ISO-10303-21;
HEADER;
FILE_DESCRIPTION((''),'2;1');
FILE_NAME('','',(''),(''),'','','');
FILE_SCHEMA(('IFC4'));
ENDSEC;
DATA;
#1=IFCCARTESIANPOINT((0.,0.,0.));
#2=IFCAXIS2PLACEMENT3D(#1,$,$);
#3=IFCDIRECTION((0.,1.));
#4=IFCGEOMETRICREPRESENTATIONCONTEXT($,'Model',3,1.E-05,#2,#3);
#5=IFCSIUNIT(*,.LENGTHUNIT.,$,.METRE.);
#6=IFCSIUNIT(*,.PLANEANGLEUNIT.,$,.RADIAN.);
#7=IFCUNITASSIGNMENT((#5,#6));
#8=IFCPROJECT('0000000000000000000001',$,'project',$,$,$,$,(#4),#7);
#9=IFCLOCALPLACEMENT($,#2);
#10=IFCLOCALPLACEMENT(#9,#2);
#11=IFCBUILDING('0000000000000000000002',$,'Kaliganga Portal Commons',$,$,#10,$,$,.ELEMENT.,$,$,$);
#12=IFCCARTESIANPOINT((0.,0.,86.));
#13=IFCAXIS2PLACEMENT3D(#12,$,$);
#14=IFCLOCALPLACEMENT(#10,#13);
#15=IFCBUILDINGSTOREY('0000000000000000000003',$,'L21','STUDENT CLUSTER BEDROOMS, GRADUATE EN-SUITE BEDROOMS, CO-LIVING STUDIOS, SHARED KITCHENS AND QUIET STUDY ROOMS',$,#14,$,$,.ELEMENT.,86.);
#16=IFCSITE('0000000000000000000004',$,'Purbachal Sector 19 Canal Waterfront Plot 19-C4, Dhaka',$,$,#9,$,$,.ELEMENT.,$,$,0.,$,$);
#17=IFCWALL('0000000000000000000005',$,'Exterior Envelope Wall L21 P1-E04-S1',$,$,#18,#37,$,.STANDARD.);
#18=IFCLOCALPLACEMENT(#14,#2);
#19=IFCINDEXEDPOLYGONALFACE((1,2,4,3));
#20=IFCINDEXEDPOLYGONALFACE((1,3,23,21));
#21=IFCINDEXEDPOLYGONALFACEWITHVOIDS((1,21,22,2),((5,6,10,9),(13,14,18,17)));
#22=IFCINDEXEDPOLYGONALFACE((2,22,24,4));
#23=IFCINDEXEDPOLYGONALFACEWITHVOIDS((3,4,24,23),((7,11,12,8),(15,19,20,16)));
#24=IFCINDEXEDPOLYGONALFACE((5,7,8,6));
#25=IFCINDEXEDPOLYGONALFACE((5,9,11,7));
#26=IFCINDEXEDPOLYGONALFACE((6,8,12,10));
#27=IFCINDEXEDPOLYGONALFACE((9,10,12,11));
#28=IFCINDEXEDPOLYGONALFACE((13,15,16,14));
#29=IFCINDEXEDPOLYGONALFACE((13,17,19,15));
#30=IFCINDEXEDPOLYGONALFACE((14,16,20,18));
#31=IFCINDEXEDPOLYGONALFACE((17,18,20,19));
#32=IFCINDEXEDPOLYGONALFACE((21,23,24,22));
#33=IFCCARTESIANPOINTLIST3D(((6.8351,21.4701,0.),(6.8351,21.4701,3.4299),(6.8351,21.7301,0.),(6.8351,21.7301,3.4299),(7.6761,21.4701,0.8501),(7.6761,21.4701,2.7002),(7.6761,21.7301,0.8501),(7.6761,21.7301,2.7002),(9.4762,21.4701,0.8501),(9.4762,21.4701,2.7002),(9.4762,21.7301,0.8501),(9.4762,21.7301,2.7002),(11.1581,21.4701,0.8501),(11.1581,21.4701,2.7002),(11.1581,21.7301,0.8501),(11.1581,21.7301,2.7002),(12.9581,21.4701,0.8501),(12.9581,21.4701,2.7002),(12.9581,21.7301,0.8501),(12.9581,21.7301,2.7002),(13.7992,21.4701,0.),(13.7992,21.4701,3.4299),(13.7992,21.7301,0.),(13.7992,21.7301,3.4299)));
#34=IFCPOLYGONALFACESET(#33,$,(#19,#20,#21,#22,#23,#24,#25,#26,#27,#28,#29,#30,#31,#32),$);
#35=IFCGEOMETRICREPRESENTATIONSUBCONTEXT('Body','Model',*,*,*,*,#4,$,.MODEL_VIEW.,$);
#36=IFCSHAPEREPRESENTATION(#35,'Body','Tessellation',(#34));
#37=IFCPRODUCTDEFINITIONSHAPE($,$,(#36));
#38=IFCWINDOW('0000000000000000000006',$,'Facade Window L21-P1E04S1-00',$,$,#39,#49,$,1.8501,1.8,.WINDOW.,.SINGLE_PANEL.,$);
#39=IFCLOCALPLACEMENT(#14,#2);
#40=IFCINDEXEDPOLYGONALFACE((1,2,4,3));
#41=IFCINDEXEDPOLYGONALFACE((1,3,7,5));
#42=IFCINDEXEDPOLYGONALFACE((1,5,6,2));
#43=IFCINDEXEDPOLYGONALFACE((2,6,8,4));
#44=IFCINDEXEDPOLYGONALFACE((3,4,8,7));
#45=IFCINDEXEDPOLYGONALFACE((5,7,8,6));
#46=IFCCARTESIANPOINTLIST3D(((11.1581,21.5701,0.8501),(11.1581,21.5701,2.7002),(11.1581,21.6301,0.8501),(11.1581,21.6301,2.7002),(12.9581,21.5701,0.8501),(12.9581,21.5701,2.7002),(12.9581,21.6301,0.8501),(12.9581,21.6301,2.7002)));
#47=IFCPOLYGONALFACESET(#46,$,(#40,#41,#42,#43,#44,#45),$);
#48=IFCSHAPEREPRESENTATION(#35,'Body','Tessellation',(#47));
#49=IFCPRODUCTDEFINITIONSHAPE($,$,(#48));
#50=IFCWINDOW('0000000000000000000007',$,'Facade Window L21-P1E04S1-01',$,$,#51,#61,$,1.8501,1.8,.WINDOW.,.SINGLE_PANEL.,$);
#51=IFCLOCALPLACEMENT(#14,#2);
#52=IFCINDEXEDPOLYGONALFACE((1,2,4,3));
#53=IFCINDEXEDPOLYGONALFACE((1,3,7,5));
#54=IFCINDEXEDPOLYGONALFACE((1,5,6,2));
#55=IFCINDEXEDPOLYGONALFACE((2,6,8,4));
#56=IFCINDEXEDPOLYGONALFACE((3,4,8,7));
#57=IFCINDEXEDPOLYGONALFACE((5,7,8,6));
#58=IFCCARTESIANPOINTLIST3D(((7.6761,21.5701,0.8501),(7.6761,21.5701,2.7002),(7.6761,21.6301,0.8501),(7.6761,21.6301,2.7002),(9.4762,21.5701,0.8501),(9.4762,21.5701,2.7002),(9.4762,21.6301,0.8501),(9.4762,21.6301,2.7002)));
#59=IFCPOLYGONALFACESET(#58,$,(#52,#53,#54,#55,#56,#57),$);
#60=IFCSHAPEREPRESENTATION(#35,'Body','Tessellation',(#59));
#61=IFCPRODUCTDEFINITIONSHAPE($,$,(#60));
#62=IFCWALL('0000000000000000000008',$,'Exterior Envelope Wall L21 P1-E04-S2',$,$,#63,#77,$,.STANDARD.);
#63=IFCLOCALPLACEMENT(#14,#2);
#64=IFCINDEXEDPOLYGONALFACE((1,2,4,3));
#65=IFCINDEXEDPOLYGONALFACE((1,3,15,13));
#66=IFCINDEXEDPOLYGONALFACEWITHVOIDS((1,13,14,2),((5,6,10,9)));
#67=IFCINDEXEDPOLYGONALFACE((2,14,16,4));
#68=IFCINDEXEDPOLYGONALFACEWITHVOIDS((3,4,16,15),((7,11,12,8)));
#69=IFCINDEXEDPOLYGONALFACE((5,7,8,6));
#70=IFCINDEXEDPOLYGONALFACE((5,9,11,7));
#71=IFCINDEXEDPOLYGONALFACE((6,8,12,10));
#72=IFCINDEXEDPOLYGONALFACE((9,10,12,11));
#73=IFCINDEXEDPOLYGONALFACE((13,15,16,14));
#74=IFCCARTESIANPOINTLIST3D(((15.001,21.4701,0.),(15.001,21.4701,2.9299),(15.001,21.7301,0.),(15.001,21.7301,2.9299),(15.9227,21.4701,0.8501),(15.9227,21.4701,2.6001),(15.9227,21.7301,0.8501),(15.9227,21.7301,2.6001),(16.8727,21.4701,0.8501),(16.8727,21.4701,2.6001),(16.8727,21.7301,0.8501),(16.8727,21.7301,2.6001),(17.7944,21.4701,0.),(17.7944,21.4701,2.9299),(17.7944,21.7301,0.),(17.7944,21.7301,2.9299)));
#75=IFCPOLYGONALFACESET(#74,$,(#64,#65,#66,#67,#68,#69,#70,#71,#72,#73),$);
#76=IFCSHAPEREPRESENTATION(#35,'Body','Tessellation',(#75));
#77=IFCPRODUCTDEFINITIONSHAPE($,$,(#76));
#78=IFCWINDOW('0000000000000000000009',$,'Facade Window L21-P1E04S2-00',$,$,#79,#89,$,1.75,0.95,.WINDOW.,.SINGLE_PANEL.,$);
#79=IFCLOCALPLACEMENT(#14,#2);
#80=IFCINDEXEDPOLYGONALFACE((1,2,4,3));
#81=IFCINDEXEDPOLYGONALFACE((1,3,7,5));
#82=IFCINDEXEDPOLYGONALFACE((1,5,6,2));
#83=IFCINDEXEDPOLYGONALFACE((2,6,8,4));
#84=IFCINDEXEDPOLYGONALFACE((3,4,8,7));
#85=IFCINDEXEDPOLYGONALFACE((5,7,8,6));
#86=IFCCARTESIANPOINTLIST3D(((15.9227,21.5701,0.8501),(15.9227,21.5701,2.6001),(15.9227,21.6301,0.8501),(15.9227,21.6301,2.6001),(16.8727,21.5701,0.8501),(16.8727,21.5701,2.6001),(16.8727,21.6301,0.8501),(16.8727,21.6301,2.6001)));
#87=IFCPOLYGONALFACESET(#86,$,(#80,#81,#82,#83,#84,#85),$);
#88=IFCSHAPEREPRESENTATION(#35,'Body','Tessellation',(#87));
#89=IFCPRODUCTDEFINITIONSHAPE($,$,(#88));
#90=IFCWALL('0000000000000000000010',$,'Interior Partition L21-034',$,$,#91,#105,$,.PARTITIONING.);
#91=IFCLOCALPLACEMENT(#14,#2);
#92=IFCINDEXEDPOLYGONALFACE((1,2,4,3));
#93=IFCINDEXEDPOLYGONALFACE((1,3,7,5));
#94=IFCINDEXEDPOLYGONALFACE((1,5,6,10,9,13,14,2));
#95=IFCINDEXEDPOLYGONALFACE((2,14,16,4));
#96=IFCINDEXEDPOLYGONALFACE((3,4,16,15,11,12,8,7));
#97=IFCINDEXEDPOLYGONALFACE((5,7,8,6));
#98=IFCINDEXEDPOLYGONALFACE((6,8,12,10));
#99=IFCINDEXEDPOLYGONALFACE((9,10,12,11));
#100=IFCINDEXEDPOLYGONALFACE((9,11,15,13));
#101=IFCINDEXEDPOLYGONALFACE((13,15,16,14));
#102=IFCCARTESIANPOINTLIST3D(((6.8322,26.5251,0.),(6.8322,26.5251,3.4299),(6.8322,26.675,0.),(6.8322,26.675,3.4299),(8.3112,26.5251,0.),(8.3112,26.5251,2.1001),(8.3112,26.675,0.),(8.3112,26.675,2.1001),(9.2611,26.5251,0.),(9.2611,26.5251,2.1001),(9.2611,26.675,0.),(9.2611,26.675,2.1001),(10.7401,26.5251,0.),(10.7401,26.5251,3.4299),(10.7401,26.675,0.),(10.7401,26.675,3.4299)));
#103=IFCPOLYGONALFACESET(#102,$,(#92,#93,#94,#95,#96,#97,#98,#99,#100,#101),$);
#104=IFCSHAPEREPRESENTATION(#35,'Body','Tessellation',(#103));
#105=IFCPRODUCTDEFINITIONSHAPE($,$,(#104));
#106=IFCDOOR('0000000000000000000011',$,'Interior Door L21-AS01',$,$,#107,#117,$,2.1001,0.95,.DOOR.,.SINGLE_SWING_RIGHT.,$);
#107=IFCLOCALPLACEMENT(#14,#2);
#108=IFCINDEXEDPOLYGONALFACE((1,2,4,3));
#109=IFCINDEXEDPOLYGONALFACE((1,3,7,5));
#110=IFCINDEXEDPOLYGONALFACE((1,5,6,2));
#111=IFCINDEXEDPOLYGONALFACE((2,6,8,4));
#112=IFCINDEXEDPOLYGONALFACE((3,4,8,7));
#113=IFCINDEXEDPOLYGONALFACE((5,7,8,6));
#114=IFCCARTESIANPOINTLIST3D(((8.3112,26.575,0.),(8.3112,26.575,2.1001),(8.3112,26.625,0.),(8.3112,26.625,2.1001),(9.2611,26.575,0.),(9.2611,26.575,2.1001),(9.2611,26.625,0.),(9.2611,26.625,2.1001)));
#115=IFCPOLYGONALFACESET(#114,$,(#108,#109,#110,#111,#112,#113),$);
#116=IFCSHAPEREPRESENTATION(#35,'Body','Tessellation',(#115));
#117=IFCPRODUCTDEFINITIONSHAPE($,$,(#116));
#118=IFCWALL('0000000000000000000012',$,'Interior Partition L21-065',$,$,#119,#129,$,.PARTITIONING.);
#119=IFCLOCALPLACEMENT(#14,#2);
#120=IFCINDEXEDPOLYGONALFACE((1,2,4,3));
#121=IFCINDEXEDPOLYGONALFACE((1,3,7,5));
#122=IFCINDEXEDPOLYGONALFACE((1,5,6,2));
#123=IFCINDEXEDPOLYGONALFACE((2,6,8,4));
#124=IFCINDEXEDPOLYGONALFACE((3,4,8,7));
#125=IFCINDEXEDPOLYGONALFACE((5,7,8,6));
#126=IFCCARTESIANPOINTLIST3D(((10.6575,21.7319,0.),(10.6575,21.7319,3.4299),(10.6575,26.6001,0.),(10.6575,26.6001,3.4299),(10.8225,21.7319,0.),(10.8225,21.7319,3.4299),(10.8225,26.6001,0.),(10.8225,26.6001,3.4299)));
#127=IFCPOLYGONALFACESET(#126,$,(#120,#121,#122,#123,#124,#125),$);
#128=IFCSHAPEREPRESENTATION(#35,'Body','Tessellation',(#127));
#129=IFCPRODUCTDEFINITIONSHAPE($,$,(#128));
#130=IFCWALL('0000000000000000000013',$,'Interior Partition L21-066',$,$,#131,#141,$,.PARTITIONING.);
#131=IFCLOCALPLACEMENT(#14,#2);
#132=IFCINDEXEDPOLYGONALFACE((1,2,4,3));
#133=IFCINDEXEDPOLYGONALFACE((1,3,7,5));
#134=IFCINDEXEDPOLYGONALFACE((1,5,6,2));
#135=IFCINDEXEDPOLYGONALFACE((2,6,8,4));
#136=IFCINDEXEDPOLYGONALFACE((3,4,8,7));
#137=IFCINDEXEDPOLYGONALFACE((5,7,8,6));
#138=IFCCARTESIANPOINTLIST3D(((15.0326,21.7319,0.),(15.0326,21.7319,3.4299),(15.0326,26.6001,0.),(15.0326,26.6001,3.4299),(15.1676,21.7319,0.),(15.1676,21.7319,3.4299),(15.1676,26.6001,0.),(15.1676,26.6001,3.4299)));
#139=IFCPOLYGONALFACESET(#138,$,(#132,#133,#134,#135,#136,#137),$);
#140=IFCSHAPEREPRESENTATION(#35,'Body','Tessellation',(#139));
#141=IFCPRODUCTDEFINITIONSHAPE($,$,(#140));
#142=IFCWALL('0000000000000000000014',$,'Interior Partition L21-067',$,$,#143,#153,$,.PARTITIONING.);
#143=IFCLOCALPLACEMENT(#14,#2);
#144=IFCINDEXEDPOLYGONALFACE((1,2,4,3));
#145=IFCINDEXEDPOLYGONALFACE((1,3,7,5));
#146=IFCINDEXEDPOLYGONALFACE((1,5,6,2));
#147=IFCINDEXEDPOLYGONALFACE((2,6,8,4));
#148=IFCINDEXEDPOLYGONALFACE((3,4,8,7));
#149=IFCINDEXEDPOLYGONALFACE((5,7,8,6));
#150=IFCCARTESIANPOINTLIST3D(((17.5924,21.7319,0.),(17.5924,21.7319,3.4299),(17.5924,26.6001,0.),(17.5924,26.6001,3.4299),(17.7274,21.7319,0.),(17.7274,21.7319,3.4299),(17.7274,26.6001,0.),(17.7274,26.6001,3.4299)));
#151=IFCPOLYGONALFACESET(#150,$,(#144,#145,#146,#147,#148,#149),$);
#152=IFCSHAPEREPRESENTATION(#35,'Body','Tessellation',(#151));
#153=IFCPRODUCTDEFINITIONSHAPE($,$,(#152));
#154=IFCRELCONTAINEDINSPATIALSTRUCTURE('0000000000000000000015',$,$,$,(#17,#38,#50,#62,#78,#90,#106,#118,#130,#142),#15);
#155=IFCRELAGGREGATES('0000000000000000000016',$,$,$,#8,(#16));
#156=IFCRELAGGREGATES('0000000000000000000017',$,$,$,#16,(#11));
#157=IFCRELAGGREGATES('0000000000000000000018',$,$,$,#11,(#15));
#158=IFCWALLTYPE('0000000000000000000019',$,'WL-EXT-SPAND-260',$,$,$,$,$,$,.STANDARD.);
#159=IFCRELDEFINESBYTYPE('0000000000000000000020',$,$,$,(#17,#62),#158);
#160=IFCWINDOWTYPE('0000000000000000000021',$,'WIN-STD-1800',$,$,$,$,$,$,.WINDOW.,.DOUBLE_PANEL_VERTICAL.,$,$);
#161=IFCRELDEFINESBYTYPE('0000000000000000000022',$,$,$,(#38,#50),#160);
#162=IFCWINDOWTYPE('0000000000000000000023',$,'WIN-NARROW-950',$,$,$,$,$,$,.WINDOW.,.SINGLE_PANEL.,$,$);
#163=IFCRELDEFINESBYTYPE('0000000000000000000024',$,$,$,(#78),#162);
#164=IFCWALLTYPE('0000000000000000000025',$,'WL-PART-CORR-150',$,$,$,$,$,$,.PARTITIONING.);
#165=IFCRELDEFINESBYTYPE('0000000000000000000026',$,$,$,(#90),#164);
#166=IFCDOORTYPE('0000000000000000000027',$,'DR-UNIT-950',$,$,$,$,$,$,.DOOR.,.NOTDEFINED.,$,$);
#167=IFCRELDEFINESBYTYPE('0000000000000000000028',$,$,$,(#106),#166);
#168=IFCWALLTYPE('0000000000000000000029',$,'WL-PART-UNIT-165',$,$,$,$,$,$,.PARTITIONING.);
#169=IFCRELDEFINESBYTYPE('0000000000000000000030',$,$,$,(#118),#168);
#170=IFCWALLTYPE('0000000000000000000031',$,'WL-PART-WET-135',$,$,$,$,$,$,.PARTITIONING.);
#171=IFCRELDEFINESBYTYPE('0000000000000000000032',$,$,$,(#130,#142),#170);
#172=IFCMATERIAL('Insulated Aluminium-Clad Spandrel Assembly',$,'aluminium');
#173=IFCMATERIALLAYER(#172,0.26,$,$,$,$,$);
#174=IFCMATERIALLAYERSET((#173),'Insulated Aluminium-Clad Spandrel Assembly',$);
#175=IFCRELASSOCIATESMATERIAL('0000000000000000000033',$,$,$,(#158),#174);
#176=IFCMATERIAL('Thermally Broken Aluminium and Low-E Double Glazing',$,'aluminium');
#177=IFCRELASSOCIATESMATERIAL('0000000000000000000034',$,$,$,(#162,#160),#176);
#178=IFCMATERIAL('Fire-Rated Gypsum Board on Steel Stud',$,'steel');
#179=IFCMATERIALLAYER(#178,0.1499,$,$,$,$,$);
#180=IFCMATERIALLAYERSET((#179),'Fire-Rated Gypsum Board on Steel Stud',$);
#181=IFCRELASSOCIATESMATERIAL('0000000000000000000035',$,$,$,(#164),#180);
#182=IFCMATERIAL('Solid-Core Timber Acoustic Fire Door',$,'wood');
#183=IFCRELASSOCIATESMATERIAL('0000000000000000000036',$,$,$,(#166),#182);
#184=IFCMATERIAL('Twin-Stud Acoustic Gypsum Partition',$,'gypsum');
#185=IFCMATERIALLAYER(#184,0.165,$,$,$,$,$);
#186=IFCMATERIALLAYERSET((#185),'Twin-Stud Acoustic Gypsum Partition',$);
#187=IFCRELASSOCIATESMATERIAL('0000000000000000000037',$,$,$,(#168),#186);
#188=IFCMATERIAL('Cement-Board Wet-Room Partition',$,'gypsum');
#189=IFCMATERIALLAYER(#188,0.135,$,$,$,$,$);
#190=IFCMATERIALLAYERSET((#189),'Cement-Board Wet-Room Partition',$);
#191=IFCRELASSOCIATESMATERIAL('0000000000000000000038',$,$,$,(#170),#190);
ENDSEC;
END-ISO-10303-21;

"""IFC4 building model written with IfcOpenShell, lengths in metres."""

from ifc_helpers import new_model, si_unit, direction, frame, frame_2d, origin, place, context, subcontext, project, spatial, rectangle, extrude, material, layer, layer_set, type_object, element, fill, save


model = new_model("IFC4")

# Units and contexts
model_context = context("Model", 3, precision=1e-05, world=origin(), true_north=direction((0.0, 1.0)))
body_context = subcontext(model_context, "Body", "Model", "MODEL_VIEW")
ifc_project = project(units=[si_unit("LENGTHUNIT", "METRE"), si_unit("PLANEANGLEUNIT", "RADIAN")], contexts=[model_context])

# Site, building, storey
site_placement = place(None, origin())
site = spatial("IfcSite", under=ifc_project, at=site_placement, Name="Purbachal Sector 19 Canal Waterfront Plot 19-C4, Dhaka", CompositionType="ELEMENT", RefElevation=0.0)
building_placement = place(site_placement, origin())
building = spatial("IfcBuilding", under=site, at=building_placement, Name="Kaliganga Portal Commons", CompositionType="ELEMENT")
storey_placement = place(building_placement, frame((0.0, 0.0, 86.0)))
storey = spatial("IfcBuildingStorey", under=building, at=storey_placement, Name="L21", Description="STUDENT CLUSTER BEDROOMS, GRADUATE EN-SUITE BEDROOMS, CO-LIVING STUDIOS, SHARED KITCHENS AND QUIET STUDY ROOMS", CompositionType="ELEMENT", Elevation=86.0)

# Wall, openings, windows
ifc_material_1 = material(Name="Insulated Aluminium-Clad Spandrel Assembly", Category="aluminium")
ifc_layer_1 = layer(ifc_material_1, 0.26)
ifc_layer_set_1 = layer_set([ifc_layer_1], Name="Insulated Aluminium-Clad Spandrel Assembly")
wall_type_1 = type_object("IfcWallType", Name="WL-EXT-SPAND-260", PredefinedType="STANDARD", material=ifc_layer_set_1)
ifc_material_2 = material(Name="Thermally Broken Aluminium and Low-E Double Glazing", Category="aluminium")
window_type_1 = type_object("IfcWindowType", Name="WIN-NARROW-950", PartitioningType="SINGLE_PANEL", PredefinedType="WINDOW", material=ifc_material_2)
window_type_2 = type_object("IfcWindowType", Name="WIN-STD-1800", PartitioningType="DOUBLE_PANEL_VERTICAL", PredefinedType="WINDOW", material=ifc_material_2)
wall_1_placement = place(storey_placement, frame((13.7991, 21.6001, 0.0), z_axis=(0.0, 0.0, 1.0), x_axis=(-1.0, 0.0, 0.0)))
wall_1 = element("IfcWall", 1, at=wall_1_placement, inside=storey, type_object=wall_type_1, Name="Exterior Envelope Wall L21 P1-E04-S1", PredefinedType="STANDARD", context=body_context, shape_type="SweptSolid", body=[
    extrude(rectangle(XDim=6.9641, YDim=0.26, at=frame_2d((3.4819, 0.0))), origin(), (0.0, 0.0, 1.0), 3.4299),
])
opening_1_placement = place(wall_1_placement, frame((0.8411, 0.0, 0.8501)))
opening_1 = element("IfcOpeningElement", 2, at=opening_1_placement, cuts=wall_1, PredefinedType="OPENING", context=body_context, shape_type="SweptSolid", body=[
    extrude(rectangle(XDim=1.8, YDim=1.8501, at=frame_2d((0.8999, 0.925))), frame((0.0, 0.1401, 0.0), z_axis=(0.0, -1.0, 0.0), x_axis=(1.0, 0.0, 0.0)), (0.0, 0.0, 1.0), 0.28),
])
opening_2_placement = place(wall_1_placement, frame((4.323, 0.0, 0.8501)))
opening_2 = element("IfcOpeningElement", 3, at=opening_2_placement, cuts=wall_1, PredefinedType="OPENING", context=body_context, shape_type="SweptSolid", body=[
    extrude(rectangle(XDim=1.8, YDim=1.8501, at=frame_2d((0.8999, 0.925))), frame((0.0, 0.1401, 0.0), z_axis=(0.0, -1.0, 0.0), x_axis=(1.0, 0.0, 0.0)), (0.0, 0.0, 1.0), 0.28),
])
window_1_placement = place(opening_1_placement, origin())
window_1 = element("IfcWindow", 4, at=window_1_placement, inside=storey, type_object=window_type_2, Name="Facade Window L21-P1E04S1-00", OverallHeight=1.8501, OverallWidth=1.8, PartitioningType="SINGLE_PANEL", PredefinedType="WINDOW", context=body_context, shape_type="SweptSolid", body=[
    extrude(rectangle(XDim=1.8, YDim=1.8501, at=frame_2d((0.8999, 0.925))), frame((0.0, 0.03, 0.0), z_axis=(0.0, -1.0, 0.0), x_axis=(1.0, 0.0, 0.0)), (0.0, 0.0, 1.0), 0.0601),
])
fill(opening_1, window_1)
window_2_placement = place(opening_2_placement, origin())
window_2 = element("IfcWindow", 5, at=window_2_placement, inside=storey, type_object=window_type_2, Name="Facade Window L21-P1E04S1-01", OverallHeight=1.8501, OverallWidth=1.8, PartitioningType="SINGLE_PANEL", PredefinedType="WINDOW", context=body_context, shape_type="SweptSolid", body=[
    extrude(rectangle(XDim=1.8, YDim=1.8501, at=frame_2d((0.8999, 0.925))), frame((0.0, 0.03, 0.0), z_axis=(0.0, -1.0, 0.0), x_axis=(1.0, 0.0, 0.0)), (0.0, 0.0, 1.0), 0.0601),
])
fill(opening_2, window_2)

# Wall, opening, window
wall_2_placement = place(storey_placement, frame((17.7944, 21.6001, 0.0), z_axis=(0.0, 0.0, 1.0), x_axis=(-1.0, 0.0, 0.0)))
wall_2 = element("IfcWall", 6, at=wall_2_placement, inside=storey, type_object=wall_type_1, Name="Exterior Envelope Wall L21 P1-E04-S2", PredefinedType="STANDARD", context=body_context, shape_type="SweptSolid", body=[
    extrude(rectangle(XDim=2.7935, YDim=0.26, at=frame_2d((1.3967, 0.0))), origin(), (0.0, 0.0, 1.0), 2.9299),
])
opening_3_placement = place(wall_2_placement, frame((0.9216, 0.0, 0.8501)))
opening_3 = element("IfcOpeningElement", 7, at=opening_3_placement, cuts=wall_2, PredefinedType="OPENING", context=body_context, shape_type="SweptSolid", body=[
    extrude(rectangle(XDim=0.95, YDim=1.75, at=frame_2d((0.4751, 0.875))), frame((0.0, 0.1401, 0.0), z_axis=(0.0, -1.0, 0.0), x_axis=(1.0, 0.0, 0.0)), (0.0, 0.0, 1.0), 0.28),
])
window_3_placement = place(opening_3_placement, origin())
window_3 = element("IfcWindow", 8, at=window_3_placement, inside=storey, type_object=window_type_1, Name="Facade Window L21-P1E04S2-00", OverallHeight=1.75, OverallWidth=0.95, PartitioningType="SINGLE_PANEL", PredefinedType="WINDOW", context=body_context, shape_type="SweptSolid", body=[
    extrude(rectangle(XDim=0.95, YDim=1.75, at=frame_2d((0.4751, 0.875))), frame((0.0, 0.03, 0.0), z_axis=(0.0, -1.0, 0.0), x_axis=(1.0, 0.0, 0.0)), (0.0, 0.0, 1.0), 0.0601),
])
fill(opening_3, window_3)

# Wall, opening, door
ifc_material_3 = material(Name="Fire-Rated Gypsum Board on Steel Stud", Category="steel")
ifc_layer_2 = layer(ifc_material_3, 0.1499)
ifc_layer_set_2 = layer_set([ifc_layer_2], Name="Fire-Rated Gypsum Board on Steel Stud")
wall_type_2 = type_object("IfcWallType", Name="WL-PART-CORR-150", PredefinedType="PARTITIONING", material=ifc_layer_set_2)
wall_3_placement = place(storey_placement, frame((6.832, 26.6001, 0.0), z_axis=(0.0, 0.0, 1.0), x_axis=(1.0, 0.0, 0.0)))
wall_3 = element("IfcWall", 9, at=wall_3_placement, inside=storey, type_object=wall_type_2, Name="Interior Partition L21-034", PredefinedType="PARTITIONING", context=body_context, shape_type="SweptSolid", body=[
    extrude(rectangle(XDim=3.908, YDim=0.1499, at=frame_2d((1.9541, 0.0))), origin(), (0.0, 0.0, 1.0), 3.4299),
])
opening_4_placement = place(wall_3_placement, frame((1.479, 0.0, 0.0)))
opening_4 = element("IfcOpeningElement", 10, at=opening_4_placement, cuts=wall_3, PredefinedType="OPENING", context=body_context, shape_type="SweptSolid", body=[
    extrude(rectangle(XDim=0.95, YDim=2.1001, at=frame_2d((0.4751, 1.05))), frame((0.0, 0.085, 0.0), z_axis=(0.0, -1.0, 0.0), x_axis=(1.0, 0.0, 0.0)), (0.0, 0.0, 1.0), 0.1699),
])
ifc_material_4 = material(Name="Solid-Core Timber Acoustic Fire Door", Category="wood")
door_type = type_object("IfcDoorType", Name="DR-UNIT-950", OperationType="NOTDEFINED", PredefinedType="DOOR", material=ifc_material_4)
door_placement = place(opening_4_placement, origin())
door = element("IfcDoor", 11, at=door_placement, inside=storey, type_object=door_type, Name="Interior Door L21-AS01", OperationType="SINGLE_SWING_RIGHT", OverallHeight=2.1001, OverallWidth=0.95, PredefinedType="DOOR", context=body_context, shape_type="SweptSolid", body=[
    extrude(rectangle(XDim=0.95, YDim=2.1001, at=frame_2d((0.4751, 1.05))), frame((0.0, 0.0249, 0.0), z_axis=(0.0, -1.0, 0.0), x_axis=(1.0, 0.0, 0.0)), (0.0, 0.0, 1.0), 0.05),
])
fill(opening_4, door)

# Walls
ifc_material_5 = material(Name="Twin-Stud Acoustic Gypsum Partition", Category="gypsum")
ifc_layer_3 = layer(ifc_material_5, 0.165)
ifc_layer_set_3 = layer_set([ifc_layer_3], Name="Twin-Stud Acoustic Gypsum Partition")
wall_type_3 = type_object("IfcWallType", Name="WL-PART-UNIT-165", PredefinedType="PARTITIONING", material=ifc_layer_set_3)
wall_4_placement = place(storey_placement, frame((10.74, 21.7319, 0.0), z_axis=(0.0, 0.0, 1.0), x_axis=(0.0, 1.0, 0.0)))
element("IfcWall", 12, at=wall_4_placement, inside=storey, type_object=wall_type_3, Name="Interior Partition L21-065", PredefinedType="PARTITIONING", context=body_context, shape_type="SweptSolid", body=[
    extrude(rectangle(XDim=4.8682, YDim=0.165, at=frame_2d((2.4341, 0.0))), origin(), (0.0, 0.0, 1.0), 3.4299),
])
ifc_material_6 = material(Name="Cement-Board Wet-Room Partition", Category="gypsum")
ifc_layer_4 = layer(ifc_material_6, 0.135)
ifc_layer_set_4 = layer_set([ifc_layer_4], Name="Cement-Board Wet-Room Partition")
wall_type_4 = type_object("IfcWallType", Name="WL-PART-WET-135", PredefinedType="PARTITIONING", material=ifc_layer_set_4)
for number, where, z_axis, x_axis, name in (
    (13, (15.1001, 21.7319, 0.0), (0.0, 0.0, 1.0), (0.0, 1.0, 0.0), "Interior Partition L21-066"),
    (14, (17.6599, 21.7319, 0.0), (0.0, 0.0, 1.0), (0.0, 1.0, 0.0), "Interior Partition L21-067"),
):
    element("IfcWall", number, at=place(storey_placement, frame(where, z_axis=z_axis, x_axis=x_axis)), inside=storey, type_object=wall_type_4, Name=name, PredefinedType="PARTITIONING", context=body_context, shape_type="SweptSolid", body=[
        extrude(rectangle(XDim=4.8682, YDim=0.135, at=frame_2d((2.4341, 0.0))), origin(), (0.0, 0.0, 1.0), 3.4299),
    ])

save(model, "model.ifc")
